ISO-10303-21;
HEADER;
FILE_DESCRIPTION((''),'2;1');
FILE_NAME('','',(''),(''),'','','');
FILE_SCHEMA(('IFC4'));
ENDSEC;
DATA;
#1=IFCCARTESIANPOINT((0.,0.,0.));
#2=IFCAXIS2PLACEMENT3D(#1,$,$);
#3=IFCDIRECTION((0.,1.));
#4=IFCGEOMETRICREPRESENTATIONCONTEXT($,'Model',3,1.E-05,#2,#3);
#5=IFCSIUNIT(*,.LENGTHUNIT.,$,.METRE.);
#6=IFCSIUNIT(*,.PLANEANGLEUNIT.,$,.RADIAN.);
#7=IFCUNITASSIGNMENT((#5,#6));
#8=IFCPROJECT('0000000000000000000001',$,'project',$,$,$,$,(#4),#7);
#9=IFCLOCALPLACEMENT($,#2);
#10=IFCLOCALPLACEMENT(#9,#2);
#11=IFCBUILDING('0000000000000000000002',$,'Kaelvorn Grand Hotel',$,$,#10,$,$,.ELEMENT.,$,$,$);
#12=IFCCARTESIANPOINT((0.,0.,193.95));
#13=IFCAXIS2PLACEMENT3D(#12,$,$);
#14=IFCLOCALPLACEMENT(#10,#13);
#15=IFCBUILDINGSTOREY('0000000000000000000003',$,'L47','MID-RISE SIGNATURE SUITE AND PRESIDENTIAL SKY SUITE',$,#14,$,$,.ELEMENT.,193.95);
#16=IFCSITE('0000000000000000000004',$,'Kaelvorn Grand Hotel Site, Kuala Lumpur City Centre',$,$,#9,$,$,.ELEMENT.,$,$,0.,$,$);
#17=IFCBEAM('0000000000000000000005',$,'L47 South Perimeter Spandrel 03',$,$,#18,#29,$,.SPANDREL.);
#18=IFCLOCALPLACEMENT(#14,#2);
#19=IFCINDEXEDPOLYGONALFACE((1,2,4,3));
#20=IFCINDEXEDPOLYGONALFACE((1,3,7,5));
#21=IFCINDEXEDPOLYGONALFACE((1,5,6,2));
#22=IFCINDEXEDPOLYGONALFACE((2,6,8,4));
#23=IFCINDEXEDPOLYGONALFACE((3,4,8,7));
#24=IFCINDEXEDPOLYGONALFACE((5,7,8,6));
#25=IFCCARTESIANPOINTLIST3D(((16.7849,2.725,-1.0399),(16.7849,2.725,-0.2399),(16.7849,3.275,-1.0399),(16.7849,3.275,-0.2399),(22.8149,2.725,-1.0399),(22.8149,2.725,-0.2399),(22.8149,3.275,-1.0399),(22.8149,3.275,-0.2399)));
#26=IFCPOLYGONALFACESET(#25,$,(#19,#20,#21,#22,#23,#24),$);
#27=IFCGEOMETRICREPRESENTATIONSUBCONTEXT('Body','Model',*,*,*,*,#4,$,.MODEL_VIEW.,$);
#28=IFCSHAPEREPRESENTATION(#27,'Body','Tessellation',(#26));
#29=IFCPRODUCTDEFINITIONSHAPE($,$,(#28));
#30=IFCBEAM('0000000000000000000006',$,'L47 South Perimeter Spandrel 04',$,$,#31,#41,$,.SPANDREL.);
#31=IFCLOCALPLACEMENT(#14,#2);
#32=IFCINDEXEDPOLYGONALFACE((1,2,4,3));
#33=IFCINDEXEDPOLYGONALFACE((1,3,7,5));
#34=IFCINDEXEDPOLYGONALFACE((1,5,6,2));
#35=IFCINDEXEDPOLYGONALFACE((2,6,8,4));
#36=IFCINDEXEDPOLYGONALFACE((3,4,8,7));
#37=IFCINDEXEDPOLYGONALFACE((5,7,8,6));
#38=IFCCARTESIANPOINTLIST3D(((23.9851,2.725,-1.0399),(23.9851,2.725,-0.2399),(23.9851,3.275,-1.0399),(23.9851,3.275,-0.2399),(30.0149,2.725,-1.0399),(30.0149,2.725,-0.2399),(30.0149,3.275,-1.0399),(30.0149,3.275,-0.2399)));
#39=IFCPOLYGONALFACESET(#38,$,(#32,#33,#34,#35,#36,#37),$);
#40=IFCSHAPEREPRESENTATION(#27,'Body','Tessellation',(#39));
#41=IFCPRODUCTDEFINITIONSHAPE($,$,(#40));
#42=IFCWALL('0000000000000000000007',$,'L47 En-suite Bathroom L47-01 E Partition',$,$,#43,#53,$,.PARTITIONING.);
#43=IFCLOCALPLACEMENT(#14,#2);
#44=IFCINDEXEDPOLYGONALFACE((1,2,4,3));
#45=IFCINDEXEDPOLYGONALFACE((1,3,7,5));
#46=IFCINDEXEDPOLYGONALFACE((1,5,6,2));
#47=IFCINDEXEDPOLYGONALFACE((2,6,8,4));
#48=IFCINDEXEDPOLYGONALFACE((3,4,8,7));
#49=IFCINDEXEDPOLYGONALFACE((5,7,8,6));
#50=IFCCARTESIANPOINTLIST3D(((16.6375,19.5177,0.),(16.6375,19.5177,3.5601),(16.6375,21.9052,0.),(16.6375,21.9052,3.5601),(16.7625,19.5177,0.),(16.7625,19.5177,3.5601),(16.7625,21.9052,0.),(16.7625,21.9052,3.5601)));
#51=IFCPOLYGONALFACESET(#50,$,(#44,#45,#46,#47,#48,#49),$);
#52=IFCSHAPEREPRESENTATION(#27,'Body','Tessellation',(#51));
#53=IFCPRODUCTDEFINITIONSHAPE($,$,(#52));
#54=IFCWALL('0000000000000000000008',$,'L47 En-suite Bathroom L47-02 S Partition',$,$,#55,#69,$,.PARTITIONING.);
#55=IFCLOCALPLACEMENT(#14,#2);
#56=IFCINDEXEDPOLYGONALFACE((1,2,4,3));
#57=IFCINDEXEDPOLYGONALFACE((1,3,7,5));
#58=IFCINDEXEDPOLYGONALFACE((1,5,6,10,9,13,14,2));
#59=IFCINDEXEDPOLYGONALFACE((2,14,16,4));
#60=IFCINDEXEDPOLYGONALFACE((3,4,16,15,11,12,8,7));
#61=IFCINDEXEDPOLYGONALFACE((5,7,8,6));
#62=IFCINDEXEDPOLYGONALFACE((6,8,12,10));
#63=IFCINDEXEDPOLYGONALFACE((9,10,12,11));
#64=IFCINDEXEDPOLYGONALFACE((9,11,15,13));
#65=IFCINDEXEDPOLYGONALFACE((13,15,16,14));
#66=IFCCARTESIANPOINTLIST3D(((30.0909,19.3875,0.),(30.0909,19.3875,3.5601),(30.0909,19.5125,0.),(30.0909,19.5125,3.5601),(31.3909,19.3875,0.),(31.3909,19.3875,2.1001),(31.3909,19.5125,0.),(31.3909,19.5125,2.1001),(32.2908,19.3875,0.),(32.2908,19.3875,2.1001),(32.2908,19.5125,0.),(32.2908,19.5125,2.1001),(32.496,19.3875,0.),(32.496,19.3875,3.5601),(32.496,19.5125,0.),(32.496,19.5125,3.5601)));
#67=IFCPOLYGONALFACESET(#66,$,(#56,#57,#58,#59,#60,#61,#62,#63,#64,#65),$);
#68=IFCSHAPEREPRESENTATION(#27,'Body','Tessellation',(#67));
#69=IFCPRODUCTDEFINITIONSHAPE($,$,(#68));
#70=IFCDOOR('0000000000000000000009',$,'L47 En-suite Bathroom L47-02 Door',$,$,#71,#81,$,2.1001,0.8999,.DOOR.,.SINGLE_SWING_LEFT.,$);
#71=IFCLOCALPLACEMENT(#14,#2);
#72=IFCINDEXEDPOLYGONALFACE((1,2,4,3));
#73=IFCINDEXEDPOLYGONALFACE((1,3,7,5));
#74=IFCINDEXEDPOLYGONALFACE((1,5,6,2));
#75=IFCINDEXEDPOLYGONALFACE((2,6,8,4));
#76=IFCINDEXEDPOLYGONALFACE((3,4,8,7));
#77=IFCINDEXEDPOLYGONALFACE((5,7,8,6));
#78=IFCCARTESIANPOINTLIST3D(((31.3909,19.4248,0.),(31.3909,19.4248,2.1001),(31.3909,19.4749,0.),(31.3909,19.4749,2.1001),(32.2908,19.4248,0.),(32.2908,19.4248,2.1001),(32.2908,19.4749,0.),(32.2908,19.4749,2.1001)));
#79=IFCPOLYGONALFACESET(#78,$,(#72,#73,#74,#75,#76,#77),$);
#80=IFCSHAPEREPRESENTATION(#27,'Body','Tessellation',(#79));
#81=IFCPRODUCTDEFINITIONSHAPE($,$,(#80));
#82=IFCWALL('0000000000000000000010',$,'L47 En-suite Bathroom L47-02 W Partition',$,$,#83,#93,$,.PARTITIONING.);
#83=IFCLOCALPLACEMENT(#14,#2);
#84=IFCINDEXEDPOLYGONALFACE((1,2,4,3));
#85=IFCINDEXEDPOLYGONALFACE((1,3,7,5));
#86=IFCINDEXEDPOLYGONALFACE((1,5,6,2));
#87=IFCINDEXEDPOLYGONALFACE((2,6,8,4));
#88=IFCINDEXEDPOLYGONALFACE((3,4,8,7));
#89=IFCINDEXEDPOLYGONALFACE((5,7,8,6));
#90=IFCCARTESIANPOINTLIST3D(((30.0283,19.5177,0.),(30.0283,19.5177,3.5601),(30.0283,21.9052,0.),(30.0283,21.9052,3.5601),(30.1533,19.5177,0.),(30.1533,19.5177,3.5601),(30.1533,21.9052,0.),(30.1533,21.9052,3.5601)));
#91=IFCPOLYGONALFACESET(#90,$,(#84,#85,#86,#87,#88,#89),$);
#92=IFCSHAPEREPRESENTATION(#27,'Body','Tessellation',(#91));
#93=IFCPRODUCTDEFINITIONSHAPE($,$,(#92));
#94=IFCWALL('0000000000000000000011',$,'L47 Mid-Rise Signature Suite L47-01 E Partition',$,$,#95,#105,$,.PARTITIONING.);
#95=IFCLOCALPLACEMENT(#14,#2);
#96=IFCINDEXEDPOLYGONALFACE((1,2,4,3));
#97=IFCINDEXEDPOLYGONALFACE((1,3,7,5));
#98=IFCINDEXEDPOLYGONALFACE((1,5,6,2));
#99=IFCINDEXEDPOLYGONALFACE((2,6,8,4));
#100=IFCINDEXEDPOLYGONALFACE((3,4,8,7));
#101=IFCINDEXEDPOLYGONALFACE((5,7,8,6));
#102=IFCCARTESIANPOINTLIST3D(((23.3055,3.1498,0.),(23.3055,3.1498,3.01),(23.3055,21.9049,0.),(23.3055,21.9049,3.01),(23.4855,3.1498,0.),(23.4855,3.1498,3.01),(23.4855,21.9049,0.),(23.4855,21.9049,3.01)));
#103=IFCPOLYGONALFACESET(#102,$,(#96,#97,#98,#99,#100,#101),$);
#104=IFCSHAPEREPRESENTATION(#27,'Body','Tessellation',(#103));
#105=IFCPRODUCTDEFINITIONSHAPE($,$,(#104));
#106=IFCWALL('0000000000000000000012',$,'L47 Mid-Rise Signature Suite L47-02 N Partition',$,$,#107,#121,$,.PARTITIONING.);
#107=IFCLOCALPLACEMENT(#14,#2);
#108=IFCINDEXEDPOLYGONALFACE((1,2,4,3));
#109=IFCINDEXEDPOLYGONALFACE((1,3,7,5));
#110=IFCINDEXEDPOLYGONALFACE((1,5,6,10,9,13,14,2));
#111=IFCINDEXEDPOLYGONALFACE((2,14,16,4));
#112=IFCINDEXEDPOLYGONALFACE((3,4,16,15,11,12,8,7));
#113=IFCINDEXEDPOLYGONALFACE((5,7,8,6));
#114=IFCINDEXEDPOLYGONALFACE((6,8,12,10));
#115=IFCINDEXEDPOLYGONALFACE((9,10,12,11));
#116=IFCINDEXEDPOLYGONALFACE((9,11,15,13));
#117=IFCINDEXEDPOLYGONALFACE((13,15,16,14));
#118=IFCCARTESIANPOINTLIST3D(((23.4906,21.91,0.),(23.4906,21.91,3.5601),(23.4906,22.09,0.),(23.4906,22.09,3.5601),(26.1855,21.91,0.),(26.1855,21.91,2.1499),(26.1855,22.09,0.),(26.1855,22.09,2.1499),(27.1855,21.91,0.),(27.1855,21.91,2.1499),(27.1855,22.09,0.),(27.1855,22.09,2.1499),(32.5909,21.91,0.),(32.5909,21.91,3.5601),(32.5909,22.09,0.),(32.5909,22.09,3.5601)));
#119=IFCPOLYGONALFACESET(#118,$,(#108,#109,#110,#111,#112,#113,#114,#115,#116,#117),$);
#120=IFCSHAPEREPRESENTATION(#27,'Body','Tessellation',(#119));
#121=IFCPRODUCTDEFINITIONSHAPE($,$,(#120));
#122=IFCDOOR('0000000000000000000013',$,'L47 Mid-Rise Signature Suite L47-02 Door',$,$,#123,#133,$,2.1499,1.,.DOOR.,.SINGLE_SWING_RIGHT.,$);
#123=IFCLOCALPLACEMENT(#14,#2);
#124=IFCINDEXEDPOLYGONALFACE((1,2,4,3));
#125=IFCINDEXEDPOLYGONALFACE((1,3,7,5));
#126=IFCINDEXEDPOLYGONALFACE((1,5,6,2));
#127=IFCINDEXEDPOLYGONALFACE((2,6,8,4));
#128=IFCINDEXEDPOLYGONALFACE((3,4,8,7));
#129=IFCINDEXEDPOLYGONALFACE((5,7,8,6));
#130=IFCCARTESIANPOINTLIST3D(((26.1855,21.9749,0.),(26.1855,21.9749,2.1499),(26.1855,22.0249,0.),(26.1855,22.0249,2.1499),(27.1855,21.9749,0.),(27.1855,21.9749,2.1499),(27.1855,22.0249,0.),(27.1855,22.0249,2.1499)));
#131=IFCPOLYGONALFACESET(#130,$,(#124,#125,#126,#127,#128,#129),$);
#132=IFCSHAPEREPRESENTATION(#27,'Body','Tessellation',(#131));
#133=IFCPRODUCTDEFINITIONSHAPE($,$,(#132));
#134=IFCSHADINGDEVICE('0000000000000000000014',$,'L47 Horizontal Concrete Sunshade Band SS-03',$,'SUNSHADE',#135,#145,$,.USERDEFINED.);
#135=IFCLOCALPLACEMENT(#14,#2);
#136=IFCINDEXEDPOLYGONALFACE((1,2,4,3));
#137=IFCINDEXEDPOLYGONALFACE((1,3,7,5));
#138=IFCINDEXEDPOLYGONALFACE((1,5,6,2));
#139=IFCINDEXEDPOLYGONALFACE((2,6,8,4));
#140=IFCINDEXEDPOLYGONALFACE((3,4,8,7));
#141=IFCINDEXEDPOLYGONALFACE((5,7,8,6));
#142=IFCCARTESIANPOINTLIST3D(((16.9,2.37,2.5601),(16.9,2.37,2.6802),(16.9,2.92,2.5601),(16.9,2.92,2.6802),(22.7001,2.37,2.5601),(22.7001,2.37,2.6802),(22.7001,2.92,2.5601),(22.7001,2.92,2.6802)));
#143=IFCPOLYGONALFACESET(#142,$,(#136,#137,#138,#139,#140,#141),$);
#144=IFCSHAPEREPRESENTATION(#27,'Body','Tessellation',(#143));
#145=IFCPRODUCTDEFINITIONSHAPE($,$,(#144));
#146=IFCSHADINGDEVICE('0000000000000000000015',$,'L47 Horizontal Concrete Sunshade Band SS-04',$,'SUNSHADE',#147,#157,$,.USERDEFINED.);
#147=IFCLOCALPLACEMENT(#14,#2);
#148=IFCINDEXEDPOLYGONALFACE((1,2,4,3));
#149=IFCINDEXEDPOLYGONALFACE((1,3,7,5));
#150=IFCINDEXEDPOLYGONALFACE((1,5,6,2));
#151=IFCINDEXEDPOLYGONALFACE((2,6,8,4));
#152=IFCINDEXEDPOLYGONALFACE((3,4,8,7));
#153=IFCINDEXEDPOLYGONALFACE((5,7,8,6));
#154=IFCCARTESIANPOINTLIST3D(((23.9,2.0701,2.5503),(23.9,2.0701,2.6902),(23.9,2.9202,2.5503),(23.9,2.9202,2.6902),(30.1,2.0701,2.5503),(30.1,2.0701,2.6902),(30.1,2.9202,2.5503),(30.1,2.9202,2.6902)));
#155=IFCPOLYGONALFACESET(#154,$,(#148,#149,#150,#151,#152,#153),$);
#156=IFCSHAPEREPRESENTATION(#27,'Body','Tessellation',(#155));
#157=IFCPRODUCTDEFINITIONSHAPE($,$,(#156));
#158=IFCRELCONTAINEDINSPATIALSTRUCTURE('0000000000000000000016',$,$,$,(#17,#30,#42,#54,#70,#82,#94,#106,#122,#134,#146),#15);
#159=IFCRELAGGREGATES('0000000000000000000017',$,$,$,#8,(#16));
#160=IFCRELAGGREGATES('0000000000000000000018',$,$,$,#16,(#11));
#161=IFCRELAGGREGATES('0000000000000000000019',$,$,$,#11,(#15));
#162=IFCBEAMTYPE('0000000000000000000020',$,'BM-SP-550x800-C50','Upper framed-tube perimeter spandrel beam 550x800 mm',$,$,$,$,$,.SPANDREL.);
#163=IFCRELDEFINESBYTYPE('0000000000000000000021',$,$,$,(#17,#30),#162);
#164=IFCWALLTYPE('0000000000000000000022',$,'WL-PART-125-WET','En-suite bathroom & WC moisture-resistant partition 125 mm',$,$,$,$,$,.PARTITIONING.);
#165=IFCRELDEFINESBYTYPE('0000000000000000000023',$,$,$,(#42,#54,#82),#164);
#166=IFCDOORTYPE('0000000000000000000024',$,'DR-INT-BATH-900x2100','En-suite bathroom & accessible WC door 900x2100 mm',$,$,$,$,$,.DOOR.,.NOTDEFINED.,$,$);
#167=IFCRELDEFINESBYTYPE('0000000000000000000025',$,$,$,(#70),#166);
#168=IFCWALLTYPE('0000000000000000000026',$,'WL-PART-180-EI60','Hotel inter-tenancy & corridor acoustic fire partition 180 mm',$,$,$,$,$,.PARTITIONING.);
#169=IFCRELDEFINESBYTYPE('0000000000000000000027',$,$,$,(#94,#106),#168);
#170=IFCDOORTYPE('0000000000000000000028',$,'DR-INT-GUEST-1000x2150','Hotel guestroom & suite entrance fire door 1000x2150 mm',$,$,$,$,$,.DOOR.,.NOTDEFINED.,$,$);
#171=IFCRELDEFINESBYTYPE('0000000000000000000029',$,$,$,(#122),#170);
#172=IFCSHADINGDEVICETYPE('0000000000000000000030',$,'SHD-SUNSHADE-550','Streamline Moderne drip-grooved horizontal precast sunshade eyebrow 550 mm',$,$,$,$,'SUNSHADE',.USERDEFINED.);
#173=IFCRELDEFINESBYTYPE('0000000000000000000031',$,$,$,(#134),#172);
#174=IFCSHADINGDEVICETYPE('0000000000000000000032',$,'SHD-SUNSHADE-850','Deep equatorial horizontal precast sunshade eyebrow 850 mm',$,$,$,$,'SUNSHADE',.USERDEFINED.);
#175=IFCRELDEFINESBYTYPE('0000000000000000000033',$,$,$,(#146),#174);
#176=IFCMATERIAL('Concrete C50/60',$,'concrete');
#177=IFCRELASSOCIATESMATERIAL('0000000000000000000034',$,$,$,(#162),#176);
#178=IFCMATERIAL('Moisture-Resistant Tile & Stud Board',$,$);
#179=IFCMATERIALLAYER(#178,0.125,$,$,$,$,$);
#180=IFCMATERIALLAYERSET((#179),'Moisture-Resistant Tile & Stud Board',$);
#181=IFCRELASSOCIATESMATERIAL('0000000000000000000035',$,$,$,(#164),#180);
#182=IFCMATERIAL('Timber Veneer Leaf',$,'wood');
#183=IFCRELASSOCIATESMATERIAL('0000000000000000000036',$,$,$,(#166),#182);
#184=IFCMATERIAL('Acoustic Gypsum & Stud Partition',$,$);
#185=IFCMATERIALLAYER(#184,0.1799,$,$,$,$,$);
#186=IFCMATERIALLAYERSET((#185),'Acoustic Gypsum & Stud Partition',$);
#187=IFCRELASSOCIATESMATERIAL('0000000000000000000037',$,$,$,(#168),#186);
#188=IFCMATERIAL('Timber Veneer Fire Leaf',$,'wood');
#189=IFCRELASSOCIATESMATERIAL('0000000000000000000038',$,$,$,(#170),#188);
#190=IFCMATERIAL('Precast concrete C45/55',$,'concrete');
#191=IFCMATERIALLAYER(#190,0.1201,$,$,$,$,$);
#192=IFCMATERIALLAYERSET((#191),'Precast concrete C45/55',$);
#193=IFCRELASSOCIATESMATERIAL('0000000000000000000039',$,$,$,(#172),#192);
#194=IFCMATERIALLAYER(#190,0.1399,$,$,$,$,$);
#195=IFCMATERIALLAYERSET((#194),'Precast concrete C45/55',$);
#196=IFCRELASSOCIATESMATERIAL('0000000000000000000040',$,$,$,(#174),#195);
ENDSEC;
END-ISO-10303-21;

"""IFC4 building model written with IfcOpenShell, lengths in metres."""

from ifc_helpers import new_model, si_unit, direction, frame, frame_2d, origin, origin_2d, place, context, subcontext, project, spatial, rectangle, extrude, material, layer, layer_set, material_profile, profile_set, type_object, element, fill, save


model = new_model("IFC4")

# Units and contexts
model_context = context("Model", 3, precision=1e-05, world=origin(), true_north=direction((0.0, 1.0)))
body_context = subcontext(model_context, "Body", "Model", "MODEL_VIEW")
ifc_project = project(units=[si_unit("LENGTHUNIT", "METRE"), si_unit("PLANEANGLEUNIT", "RADIAN")], contexts=[model_context])

# Site, building, storey
site_placement = place(None, origin())
site = spatial("IfcSite", under=ifc_project, at=site_placement, Name="Kaelvorn Grand Hotel Site, Kuala Lumpur City Centre", CompositionType="ELEMENT", RefElevation=0.0)
building_placement = place(site_placement, origin())
building = spatial("IfcBuilding", under=site, at=building_placement, Name="Kaelvorn Grand Hotel", CompositionType="ELEMENT")
storey_placement = place(building_placement, frame((0.0, 0.0, 193.95)))
storey = spatial("IfcBuildingStorey", under=building, at=storey_placement, Name="L47", Description="MID-RISE SIGNATURE SUITE AND PRESIDENTIAL SKY SUITE", CompositionType="ELEMENT", Elevation=193.95)

# Beams
ifc_material_1 = material(Name="Concrete C50/60", Category="concrete")
ifc_material_profile_1 = material_profile(ifc_material_1, rectangle(XDim=0.55, YDim=0.8, at=origin_2d()), Name="RC SPANDREL 550x800")
ifc_profile_set_1 = profile_set([ifc_material_profile_1], Name="Concrete C50/60")
beam_type_1 = type_object("IfcBeamType", Name="BM-SP-550x800-C50", Description="Upper framed-tube perimeter spandrel beam 550x800 mm", PredefinedType="SPANDREL", material=ifc_profile_set_1)
beam_1_placement = place(storey_placement, frame((16.7849, 3.0, -0.6399), z_axis=(1.0, 0.0, 0.0), x_axis=(0.0, 1.0, 0.0)))
element("IfcBeam", 1, at=beam_1_placement, inside=storey, type_object=beam_type_1, Name="L47 South Perimeter Spandrel 03", PredefinedType="SPANDREL", context=body_context, shape_type="SweptSolid", body=[
    extrude(rectangle(XDim=0.55, YDim=0.8, at=origin_2d()), origin(), (0.0, 0.0, 1.0), 6.03),
])
beam_2_placement = place(storey_placement, frame((23.9851, 3.0, -0.6399), z_axis=(1.0, 0.0, 0.0), x_axis=(0.0, 1.0, 0.0)))
element("IfcBeam", 2, at=beam_2_placement, inside=storey, type_object=beam_type_1, Name="L47 South Perimeter Spandrel 04", PredefinedType="SPANDREL", context=body_context, shape_type="SweptSolid", body=[
    extrude(rectangle(XDim=0.55, YDim=0.8, at=origin_2d()), origin(), (0.0, 0.0, 1.0), 6.0298),
])

# Wall
ifc_material_2 = material(Name="Moisture-Resistant Tile & Stud Board")
ifc_layer_1 = layer(ifc_material_2, 0.125)
ifc_layer_set_1 = layer_set([ifc_layer_1], Name="Moisture-Resistant Tile & Stud Board")
wall_type_1 = type_object("IfcWallType", Name="WL-PART-125-WET", Description="En-suite bathroom & WC moisture-resistant partition 125 mm", PredefinedType="PARTITIONING", material=ifc_layer_set_1)
wall_1_placement = place(storey_placement, frame((16.7, 19.5176, 0.0), z_axis=(0.0, 0.0, 1.0), x_axis=(0.0, 1.0, 0.0)))
element("IfcWall", 3, at=wall_1_placement, inside=storey, type_object=wall_type_1, Name="L47 En-suite Bathroom L47-01 E Partition", PredefinedType="PARTITIONING", context=body_context, shape_type="SweptSolid", body=[
    extrude(rectangle(XDim=2.3875, YDim=0.125, at=frame_2d((1.1938, 0.0))), origin(), (0.0, 0.0, 1.0), 3.5601),
])

# Wall, opening, door
wall_2_placement = place(storey_placement, frame((30.0908, 19.45, 0.0), z_axis=(0.0, 0.0, 1.0), x_axis=(1.0, 0.0, 0.0)))
wall_2 = element("IfcWall", 4, at=wall_2_placement, inside=storey, type_object=wall_type_1, Name="L47 En-suite Bathroom L47-02 S Partition", PredefinedType="PARTITIONING", context=body_context, shape_type="SweptSolid", body=[
    extrude(rectangle(XDim=2.405, YDim=0.125, at=frame_2d((1.2026, 0.0))), origin(), (0.0, 0.0, 1.0), 3.5601),
])
opening_1_placement = place(wall_2_placement, frame((1.3, 0.0, 0.0)))
opening_1 = element("IfcOpeningElement", 5, at=opening_1_placement, cuts=wall_2, PredefinedType="OPENING", context=body_context, shape_type="SweptSolid", body=[
    extrude(rectangle(XDim=0.8999, YDim=2.1001, at=frame_2d((0.45, 1.05))), frame((0.0, 0.0725, 0.0), z_axis=(0.0, -1.0, 0.0), x_axis=(1.0, 0.0, 0.0)), (0.0, 0.0, 1.0), 0.145),
])
ifc_material_3 = material(Name="Timber Veneer Leaf", Category="wood")
door_type_1 = type_object("IfcDoorType", Name="DR-INT-BATH-900x2100", Description="En-suite bathroom & accessible WC door 900x2100 mm", OperationType="NOTDEFINED", PredefinedType="DOOR", material=ifc_material_3)
door_1_placement = place(opening_1_placement, origin())
door_1 = element("IfcDoor", 6, at=door_1_placement, inside=storey, type_object=door_type_1, Name="L47 En-suite Bathroom L47-02 Door", OperationType="SINGLE_SWING_LEFT", OverallHeight=2.1001, OverallWidth=0.8999, PredefinedType="DOOR", context=body_context, shape_type="SweptSolid", body=[
    extrude(rectangle(XDim=0.8999, YDim=2.1001, at=frame_2d((0.45, 1.05))), frame((0.0, 0.0249, 0.0), z_axis=(0.0, -1.0, 0.0), x_axis=(1.0, 0.0, 0.0)), (0.0, 0.0, 1.0), 0.05),
])
fill(opening_1, door_1)

# Walls
wall_3_placement = place(storey_placement, frame((30.0908, 19.5176, 0.0), z_axis=(0.0, 0.0, 1.0), x_axis=(0.0, 1.0, 0.0)))
element("IfcWall", 7, at=wall_3_placement, inside=storey, type_object=wall_type_1, Name="L47 En-suite Bathroom L47-02 W Partition", PredefinedType="PARTITIONING", context=body_context, shape_type="SweptSolid", body=[
    extrude(rectangle(XDim=2.3875, YDim=0.125, at=frame_2d((1.1938, 0.0))), origin(), (0.0, 0.0, 1.0), 3.5601),
])
ifc_material_4 = material(Name="Acoustic Gypsum & Stud Partition")
ifc_layer_2 = layer(ifc_material_4, 0.1799)
ifc_layer_set_2 = layer_set([ifc_layer_2], Name="Acoustic Gypsum & Stud Partition")
wall_type_2 = type_object("IfcWallType", Name="WL-PART-180-EI60", Description="Hotel inter-tenancy & corridor acoustic fire partition 180 mm", PredefinedType="PARTITIONING", material=ifc_layer_set_2)
wall_4_placement = place(storey_placement, frame((23.3955, 3.1499, 0.0), z_axis=(0.0, 0.0, 1.0), x_axis=(0.0, 1.0, 0.0)))
element("IfcWall", 8, at=wall_4_placement, inside=storey, type_object=wall_type_2, Name="L47 Mid-Rise Signature Suite L47-01 E Partition", PredefinedType="PARTITIONING", context=body_context, shape_type="SweptSolid", body=[
    extrude(rectangle(XDim=18.7551, YDim=0.1799, at=frame_2d((9.3774, 0.0))), origin(), (0.0, 0.0, 1.0), 3.01),
])

# Wall, opening, door
wall_5_placement = place(storey_placement, frame((23.4905, 22.0, 0.0), z_axis=(0.0, 0.0, 1.0), x_axis=(1.0, 0.0, 0.0)))
wall_5 = element("IfcWall", 9, at=wall_5_placement, inside=storey, type_object=wall_type_2, Name="L47 Mid-Rise Signature Suite L47-02 N Partition", PredefinedType="PARTITIONING", context=body_context, shape_type="SweptSolid", body=[
    extrude(rectangle(XDim=9.1003, YDim=0.1799, at=frame_2d((4.5503, 0.0))), origin(), (0.0, 0.0, 1.0), 3.5601),
])
opening_2_placement = place(wall_5_placement, frame((2.6951, 0.0, 0.0)))
opening_2 = element("IfcOpeningElement", 10, at=opening_2_placement, cuts=wall_5, PredefinedType="OPENING", context=body_context, shape_type="SweptSolid", body=[
    extrude(rectangle(XDim=1.0, YDim=2.1499, at=frame_2d((0.5, 1.075))), frame((0.0, 0.1001, 0.0), z_axis=(0.0, -1.0, 0.0), x_axis=(1.0, 0.0, 0.0)), (0.0, 0.0, 1.0), 0.2),
])
ifc_material_5 = material(Name="Timber Veneer Fire Leaf", Category="wood")
door_type_2 = type_object("IfcDoorType", Name="DR-INT-GUEST-1000x2150", Description="Hotel guestroom & suite entrance fire door 1000x2150 mm", OperationType="NOTDEFINED", PredefinedType="DOOR", material=ifc_material_5)
door_2_placement = place(opening_2_placement, origin())
door_2 = element("IfcDoor", 11, at=door_2_placement, inside=storey, type_object=door_type_2, Name="L47 Mid-Rise Signature Suite L47-02 Door", OperationType="SINGLE_SWING_RIGHT", OverallHeight=2.1499, OverallWidth=1.0, PredefinedType="DOOR", context=body_context, shape_type="SweptSolid", body=[
    extrude(rectangle(XDim=1.0, YDim=2.1499, at=frame_2d((0.5, 1.075))), frame((0.0, 0.0249, 0.0), z_axis=(0.0, -1.0, 0.0), x_axis=(1.0, 0.0, 0.0)), (0.0, 0.0, 1.0), 0.05),
])
fill(opening_2, door_2)

# Shading devices
ifc_material_6 = material(Name="Precast concrete C45/55", Category="concrete")
ifc_layer_3 = layer(ifc_material_6, 0.1201)
ifc_layer_set_3 = layer_set([ifc_layer_3], Name="Precast concrete C45/55")
shading_device_type_1 = type_object("IfcShadingDeviceType", Name="SHD-SUNSHADE-550", Description="Streamline Moderne drip-grooved horizontal precast sunshade eyebrow 550 mm", ElementType="SUNSHADE", PredefinedType="USERDEFINED", material=ifc_layer_set_3)
shading_device_1_placement = place(storey_placement, frame((19.8, 2.645, 2.5601), z_axis=(0.0, 0.0, 1.0), x_axis=(1.0, 0.0, 0.0)))
element("IfcShadingDevice", 12, at=shading_device_1_placement, inside=storey, type_object=shading_device_type_1, Name="L47 Horizontal Concrete Sunshade Band SS-03", ObjectType="SUNSHADE", PredefinedType="USERDEFINED", context=body_context, shape_type="SweptSolid", body=[
    extrude(rectangle(XDim=5.8, YDim=0.55, at=origin_2d()), origin(), (0.0, 0.0, 1.0), 0.1201),
])
ifc_layer_4 = layer(ifc_material_6, 0.1399)
ifc_layer_set_4 = layer_set([ifc_layer_4], Name="Precast concrete C45/55")
shading_device_type_2 = type_object("IfcShadingDeviceType", Name="SHD-SUNSHADE-850", Description="Deep equatorial horizontal precast sunshade eyebrow 850 mm", ElementType="SUNSHADE", PredefinedType="USERDEFINED", material=ifc_layer_set_4)
shading_device_2_placement = place(storey_placement, frame((27.0, 2.4951, 2.5503), z_axis=(0.0, 0.0, 1.0), x_axis=(1.0, 0.0, 0.0)))
element("IfcShadingDevice", 13, at=shading_device_2_placement, inside=storey, type_object=shading_device_type_2, Name="L47 Horizontal Concrete Sunshade Band SS-04", ObjectType="SUNSHADE", PredefinedType="USERDEFINED", context=body_context, shape_type="SweptSolid", body=[
    extrude(rectangle(XDim=6.2, YDim=0.8501, at=origin_2d()), origin(), (0.0, 0.0, 1.0), 0.1399),
])

save(model, "model.ifc")
